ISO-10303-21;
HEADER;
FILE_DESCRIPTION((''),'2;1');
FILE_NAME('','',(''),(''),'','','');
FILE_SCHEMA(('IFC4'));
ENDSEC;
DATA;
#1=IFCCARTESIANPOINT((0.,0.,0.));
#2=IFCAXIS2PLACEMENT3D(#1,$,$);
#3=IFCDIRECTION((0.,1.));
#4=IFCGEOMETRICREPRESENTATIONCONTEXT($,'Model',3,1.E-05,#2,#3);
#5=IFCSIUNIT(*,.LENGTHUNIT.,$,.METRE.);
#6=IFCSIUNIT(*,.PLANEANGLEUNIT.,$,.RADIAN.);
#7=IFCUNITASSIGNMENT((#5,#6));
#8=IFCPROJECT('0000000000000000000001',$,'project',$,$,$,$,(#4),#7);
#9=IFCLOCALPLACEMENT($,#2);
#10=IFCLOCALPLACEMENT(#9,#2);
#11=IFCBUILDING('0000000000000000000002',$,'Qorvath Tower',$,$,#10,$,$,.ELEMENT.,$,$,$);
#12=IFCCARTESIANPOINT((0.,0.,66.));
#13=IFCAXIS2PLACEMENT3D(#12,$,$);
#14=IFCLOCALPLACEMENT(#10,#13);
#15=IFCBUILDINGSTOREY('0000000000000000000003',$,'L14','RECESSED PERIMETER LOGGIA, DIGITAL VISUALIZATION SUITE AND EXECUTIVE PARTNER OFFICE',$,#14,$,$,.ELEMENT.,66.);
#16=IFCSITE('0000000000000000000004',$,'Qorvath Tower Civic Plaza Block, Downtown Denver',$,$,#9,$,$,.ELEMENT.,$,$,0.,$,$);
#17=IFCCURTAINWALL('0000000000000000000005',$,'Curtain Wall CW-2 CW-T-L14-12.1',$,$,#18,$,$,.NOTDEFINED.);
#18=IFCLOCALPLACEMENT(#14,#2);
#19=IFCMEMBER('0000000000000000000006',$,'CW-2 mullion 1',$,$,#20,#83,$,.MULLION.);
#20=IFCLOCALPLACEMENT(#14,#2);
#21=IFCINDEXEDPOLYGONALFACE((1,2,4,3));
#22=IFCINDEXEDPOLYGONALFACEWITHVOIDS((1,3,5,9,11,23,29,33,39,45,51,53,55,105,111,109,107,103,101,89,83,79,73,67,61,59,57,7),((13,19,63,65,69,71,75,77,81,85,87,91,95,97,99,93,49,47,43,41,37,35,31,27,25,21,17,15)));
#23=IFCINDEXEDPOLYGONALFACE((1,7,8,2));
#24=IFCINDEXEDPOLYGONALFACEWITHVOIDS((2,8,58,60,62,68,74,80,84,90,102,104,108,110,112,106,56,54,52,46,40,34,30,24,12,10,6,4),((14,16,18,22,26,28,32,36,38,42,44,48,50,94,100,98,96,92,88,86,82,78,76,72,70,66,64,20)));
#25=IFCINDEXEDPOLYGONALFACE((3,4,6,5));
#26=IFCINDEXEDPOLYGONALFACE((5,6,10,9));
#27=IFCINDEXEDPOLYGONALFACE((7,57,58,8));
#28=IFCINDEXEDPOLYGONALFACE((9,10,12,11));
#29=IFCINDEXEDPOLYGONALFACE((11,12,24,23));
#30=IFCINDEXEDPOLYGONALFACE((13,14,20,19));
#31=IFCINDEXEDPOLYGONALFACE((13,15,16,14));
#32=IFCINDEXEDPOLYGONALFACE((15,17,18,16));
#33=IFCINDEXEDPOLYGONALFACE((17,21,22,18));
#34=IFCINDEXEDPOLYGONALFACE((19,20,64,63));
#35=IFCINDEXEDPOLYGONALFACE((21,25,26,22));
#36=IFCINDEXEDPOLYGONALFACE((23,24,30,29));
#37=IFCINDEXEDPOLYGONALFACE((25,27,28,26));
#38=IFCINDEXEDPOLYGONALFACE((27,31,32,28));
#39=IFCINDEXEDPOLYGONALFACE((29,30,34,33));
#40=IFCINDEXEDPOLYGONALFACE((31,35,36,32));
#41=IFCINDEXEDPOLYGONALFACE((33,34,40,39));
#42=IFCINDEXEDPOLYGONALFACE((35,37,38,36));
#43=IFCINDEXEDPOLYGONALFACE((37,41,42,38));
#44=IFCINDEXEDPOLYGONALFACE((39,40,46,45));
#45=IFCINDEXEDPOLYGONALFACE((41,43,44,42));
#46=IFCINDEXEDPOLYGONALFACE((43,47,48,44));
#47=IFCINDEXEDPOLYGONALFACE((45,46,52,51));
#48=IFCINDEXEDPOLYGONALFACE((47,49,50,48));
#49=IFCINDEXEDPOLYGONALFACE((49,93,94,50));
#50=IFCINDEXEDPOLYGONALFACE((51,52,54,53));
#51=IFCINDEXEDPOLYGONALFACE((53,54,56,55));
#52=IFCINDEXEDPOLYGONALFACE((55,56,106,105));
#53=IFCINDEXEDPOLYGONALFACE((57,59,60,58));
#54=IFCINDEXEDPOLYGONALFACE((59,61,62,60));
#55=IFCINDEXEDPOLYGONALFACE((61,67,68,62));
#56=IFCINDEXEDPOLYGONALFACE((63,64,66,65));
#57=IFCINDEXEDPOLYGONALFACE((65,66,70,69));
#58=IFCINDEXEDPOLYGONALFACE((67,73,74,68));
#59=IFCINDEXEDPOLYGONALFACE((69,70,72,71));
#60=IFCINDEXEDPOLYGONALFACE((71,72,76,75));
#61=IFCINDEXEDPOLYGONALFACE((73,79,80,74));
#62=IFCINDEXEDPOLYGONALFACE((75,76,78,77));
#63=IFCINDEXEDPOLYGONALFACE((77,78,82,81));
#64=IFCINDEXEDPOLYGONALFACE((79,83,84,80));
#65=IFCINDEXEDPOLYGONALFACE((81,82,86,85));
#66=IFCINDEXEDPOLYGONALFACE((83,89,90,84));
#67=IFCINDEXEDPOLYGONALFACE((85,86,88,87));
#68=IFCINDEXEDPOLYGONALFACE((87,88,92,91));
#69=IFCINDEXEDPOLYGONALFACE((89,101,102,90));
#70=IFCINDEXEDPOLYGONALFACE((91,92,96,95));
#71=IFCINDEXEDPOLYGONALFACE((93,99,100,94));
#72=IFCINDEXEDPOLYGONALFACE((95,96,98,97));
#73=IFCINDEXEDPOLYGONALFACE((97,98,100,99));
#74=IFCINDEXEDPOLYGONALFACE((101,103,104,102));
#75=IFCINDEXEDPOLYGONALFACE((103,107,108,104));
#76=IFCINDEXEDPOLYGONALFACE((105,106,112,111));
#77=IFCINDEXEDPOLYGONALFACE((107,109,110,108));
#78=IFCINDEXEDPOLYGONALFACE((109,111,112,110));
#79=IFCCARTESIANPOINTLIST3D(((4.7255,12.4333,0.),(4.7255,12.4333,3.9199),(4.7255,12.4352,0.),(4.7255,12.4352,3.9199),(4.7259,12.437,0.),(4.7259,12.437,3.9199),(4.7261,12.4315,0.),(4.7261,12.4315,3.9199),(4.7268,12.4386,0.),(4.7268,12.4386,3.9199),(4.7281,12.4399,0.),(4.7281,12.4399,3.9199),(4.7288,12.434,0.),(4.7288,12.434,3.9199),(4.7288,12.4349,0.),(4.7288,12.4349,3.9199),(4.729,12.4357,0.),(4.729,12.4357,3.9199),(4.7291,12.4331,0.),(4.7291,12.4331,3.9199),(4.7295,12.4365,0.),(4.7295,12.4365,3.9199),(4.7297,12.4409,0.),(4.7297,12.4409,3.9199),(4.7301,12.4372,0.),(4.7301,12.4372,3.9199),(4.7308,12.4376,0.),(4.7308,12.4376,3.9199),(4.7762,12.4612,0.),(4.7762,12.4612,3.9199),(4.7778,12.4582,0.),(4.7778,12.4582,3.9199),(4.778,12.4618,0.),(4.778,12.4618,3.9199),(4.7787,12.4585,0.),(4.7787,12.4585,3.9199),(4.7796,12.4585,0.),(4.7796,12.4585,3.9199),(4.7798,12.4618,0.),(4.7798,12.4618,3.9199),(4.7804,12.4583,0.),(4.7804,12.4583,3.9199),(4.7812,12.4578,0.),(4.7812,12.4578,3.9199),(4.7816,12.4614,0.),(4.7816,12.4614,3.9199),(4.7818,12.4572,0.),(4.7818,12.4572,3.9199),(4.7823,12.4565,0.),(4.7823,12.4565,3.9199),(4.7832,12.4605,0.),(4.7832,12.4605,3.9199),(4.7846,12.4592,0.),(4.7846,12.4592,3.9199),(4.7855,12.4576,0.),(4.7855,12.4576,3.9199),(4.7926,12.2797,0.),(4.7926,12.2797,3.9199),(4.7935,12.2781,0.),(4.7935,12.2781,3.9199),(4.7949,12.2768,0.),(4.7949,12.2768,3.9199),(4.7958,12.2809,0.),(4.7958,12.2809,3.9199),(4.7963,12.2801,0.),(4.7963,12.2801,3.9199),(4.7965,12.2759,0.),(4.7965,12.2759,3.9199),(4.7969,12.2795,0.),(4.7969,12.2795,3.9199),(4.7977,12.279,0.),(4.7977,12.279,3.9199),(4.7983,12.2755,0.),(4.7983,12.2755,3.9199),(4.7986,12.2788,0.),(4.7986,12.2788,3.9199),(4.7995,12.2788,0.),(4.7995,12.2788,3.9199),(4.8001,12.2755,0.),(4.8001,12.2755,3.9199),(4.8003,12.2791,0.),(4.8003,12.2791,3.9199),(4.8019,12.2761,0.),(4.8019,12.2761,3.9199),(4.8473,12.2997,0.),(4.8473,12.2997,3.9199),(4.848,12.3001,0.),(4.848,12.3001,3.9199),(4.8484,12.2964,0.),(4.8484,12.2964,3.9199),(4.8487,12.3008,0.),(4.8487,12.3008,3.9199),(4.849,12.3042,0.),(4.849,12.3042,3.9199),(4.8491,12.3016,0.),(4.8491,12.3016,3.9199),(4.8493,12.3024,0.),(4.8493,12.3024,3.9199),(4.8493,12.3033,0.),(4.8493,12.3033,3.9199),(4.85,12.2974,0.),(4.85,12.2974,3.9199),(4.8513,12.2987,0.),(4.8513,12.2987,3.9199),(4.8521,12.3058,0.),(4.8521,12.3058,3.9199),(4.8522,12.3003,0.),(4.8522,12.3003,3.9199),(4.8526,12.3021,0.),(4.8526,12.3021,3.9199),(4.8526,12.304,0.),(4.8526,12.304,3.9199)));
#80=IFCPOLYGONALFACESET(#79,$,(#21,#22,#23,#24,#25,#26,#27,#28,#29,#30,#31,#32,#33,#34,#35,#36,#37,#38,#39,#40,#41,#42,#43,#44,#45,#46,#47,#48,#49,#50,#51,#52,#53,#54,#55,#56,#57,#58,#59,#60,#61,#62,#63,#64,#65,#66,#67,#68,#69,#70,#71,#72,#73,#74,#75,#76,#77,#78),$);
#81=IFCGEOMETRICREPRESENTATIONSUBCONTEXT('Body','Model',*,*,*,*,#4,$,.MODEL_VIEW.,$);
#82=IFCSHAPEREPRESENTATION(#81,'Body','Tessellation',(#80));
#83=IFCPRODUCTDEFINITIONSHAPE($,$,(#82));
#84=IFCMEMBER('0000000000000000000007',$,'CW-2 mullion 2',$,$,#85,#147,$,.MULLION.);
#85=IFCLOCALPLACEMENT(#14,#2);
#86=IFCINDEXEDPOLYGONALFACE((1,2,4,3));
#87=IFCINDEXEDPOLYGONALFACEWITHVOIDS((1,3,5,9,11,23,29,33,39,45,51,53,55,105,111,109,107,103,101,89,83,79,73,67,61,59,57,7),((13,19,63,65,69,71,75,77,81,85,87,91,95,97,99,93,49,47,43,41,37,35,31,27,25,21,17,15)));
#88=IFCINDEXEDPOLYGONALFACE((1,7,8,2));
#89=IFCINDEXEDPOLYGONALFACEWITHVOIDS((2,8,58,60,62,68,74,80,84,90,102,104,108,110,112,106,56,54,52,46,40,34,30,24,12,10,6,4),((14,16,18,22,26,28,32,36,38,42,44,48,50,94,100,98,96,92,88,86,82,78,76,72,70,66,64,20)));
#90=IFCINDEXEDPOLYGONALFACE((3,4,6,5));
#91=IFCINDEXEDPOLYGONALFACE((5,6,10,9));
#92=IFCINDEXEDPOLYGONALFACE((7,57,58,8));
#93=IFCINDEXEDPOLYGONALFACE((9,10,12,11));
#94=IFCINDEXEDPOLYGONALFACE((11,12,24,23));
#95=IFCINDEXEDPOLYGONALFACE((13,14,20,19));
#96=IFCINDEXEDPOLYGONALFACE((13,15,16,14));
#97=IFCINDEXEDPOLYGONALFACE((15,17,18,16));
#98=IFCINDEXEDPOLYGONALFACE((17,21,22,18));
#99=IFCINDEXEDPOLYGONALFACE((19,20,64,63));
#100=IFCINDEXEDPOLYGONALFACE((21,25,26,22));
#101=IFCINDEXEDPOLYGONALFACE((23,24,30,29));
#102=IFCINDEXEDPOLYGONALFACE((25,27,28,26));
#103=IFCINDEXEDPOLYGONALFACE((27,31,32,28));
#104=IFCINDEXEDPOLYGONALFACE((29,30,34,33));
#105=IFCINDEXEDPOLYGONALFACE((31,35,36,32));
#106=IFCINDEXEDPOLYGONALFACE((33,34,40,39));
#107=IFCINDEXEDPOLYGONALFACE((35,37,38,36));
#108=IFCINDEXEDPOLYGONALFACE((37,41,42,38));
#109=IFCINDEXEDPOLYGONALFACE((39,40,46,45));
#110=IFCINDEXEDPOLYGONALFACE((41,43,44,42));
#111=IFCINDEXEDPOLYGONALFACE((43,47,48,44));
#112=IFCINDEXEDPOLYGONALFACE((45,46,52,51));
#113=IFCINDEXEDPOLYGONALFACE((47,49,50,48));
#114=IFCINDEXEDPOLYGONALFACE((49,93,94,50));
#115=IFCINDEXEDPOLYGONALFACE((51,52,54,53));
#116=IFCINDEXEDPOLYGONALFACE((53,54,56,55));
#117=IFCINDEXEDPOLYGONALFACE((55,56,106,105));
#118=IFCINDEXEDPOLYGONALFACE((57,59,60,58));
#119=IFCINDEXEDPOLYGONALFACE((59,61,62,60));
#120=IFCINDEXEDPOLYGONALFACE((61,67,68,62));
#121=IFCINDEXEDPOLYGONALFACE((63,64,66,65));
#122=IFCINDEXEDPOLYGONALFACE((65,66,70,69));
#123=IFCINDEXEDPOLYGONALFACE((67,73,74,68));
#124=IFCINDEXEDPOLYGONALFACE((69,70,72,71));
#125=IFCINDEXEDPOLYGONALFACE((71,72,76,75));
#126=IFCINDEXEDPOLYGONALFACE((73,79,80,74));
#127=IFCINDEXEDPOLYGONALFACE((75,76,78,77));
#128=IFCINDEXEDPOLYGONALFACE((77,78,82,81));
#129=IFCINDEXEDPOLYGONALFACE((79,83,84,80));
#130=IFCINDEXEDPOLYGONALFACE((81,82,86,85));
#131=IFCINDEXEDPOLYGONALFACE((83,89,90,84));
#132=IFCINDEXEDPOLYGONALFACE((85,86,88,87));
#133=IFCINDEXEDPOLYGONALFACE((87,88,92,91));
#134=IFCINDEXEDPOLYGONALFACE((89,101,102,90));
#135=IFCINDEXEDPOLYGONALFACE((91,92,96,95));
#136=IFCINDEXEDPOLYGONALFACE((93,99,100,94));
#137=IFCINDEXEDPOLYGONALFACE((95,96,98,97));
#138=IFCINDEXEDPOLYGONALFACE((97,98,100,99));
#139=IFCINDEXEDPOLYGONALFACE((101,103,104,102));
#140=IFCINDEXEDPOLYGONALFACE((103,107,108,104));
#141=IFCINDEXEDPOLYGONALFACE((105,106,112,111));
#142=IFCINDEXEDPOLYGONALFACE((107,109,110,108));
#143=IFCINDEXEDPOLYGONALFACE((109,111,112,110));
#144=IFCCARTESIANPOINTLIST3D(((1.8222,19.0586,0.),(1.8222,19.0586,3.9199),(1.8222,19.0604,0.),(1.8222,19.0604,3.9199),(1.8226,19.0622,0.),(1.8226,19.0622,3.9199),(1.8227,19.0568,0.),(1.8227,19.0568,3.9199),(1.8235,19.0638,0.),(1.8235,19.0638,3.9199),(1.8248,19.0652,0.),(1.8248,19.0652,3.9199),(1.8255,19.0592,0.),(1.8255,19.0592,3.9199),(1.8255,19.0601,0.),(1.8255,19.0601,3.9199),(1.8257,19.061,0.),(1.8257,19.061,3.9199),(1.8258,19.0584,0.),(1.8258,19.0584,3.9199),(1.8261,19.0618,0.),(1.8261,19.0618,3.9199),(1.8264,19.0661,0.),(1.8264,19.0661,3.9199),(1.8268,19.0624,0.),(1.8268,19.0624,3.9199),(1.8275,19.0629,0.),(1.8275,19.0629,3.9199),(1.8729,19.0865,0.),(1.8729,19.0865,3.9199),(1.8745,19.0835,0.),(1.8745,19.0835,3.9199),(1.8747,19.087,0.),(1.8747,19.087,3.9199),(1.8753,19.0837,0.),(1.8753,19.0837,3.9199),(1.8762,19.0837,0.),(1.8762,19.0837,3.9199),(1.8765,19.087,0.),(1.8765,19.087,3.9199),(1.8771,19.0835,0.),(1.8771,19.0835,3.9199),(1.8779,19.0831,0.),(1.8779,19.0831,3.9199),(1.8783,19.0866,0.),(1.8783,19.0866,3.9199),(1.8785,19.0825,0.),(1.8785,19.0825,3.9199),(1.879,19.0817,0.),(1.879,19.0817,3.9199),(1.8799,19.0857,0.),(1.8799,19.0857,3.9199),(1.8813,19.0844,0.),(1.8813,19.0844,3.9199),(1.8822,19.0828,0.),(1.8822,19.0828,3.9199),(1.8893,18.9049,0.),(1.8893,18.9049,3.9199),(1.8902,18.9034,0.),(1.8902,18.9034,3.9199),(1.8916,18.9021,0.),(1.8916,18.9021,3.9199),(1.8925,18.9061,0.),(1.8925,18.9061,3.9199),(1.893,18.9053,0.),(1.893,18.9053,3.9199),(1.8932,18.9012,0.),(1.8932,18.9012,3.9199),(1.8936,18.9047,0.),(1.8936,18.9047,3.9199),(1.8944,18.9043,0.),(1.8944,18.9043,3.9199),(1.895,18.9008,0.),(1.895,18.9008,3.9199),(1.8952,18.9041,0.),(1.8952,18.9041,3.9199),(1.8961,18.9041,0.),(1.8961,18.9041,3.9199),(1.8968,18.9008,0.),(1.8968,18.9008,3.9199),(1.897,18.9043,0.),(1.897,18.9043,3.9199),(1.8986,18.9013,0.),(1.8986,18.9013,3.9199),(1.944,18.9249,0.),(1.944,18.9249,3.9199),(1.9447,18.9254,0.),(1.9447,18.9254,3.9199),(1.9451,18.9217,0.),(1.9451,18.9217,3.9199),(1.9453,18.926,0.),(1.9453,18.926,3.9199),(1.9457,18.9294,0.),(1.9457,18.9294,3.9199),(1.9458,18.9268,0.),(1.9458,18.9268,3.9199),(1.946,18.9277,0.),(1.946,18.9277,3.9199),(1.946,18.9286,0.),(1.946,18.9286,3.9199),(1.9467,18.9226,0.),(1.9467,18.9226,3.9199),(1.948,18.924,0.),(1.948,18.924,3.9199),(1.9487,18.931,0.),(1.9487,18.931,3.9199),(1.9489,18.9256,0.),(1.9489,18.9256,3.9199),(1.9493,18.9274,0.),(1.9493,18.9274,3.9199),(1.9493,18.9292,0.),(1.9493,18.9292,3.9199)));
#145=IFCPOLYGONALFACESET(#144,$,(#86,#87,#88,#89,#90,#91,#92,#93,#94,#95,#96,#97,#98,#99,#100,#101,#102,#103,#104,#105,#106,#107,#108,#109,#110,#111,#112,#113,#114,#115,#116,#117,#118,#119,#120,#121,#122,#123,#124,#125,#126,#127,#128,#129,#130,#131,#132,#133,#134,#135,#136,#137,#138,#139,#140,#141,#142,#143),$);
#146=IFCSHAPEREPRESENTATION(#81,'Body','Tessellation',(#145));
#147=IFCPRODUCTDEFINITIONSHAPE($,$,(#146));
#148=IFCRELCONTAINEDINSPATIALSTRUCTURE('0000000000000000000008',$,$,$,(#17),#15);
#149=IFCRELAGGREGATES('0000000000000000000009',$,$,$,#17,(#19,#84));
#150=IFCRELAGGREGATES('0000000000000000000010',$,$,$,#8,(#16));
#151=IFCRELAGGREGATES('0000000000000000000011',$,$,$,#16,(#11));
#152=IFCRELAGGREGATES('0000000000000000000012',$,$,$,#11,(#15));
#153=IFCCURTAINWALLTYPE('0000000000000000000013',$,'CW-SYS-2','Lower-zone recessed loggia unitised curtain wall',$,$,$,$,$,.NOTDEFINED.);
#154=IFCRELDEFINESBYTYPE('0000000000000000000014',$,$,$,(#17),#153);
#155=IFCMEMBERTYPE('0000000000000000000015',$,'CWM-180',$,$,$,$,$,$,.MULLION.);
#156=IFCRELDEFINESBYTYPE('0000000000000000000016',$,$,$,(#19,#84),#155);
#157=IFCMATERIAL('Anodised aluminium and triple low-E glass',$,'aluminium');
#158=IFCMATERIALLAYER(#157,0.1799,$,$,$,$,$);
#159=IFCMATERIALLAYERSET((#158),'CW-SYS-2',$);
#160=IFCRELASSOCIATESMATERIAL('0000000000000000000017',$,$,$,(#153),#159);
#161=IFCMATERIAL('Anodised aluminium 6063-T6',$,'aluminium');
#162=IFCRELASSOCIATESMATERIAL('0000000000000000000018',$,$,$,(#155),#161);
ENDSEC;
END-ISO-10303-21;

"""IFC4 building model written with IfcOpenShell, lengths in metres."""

from ifc_helpers import new_model, si_unit, direction, frame, origin, origin_2d, place, context, subcontext, project, spatial, hollow_rectangle, extrude, material, layer, layer_set, material_profile, profile_set, type_object, element, aggregate, save


model = new_model("IFC4")

# Units and contexts
model_context = context("Model", 3, precision=1e-05, world=origin(), true_north=direction((0.0, 1.0)))
body_context = subcontext(model_context, "Body", "Model", "MODEL_VIEW")
ifc_project = project(units=[si_unit("LENGTHUNIT", "METRE"), si_unit("PLANEANGLEUNIT", "RADIAN")], contexts=[model_context])

# Site, building, storey
site_placement = place(None, origin())
site = spatial("IfcSite", under=ifc_project, at=site_placement, Name="Qorvath Tower Civic Plaza Block, Downtown Denver", CompositionType="ELEMENT", RefElevation=0.0)
building_placement = place(site_placement, origin())
building = spatial("IfcBuilding", under=site, at=building_placement, Name="Qorvath Tower", CompositionType="ELEMENT")
storey_placement = place(building_placement, frame((0.0, 0.0, 66.0)))
storey = spatial("IfcBuildingStorey", under=building, at=storey_placement, Name="L14", Description="RECESSED PERIMETER LOGGIA, DIGITAL VISUALIZATION SUITE AND EXECUTIVE PARTNER OFFICE", CompositionType="ELEMENT", Elevation=66.0)

# Shared definitions
ifc_material_1 = material(Name="Anodised aluminium and triple low-E glass", Category="aluminium")
ifc_layer_1 = layer(ifc_material_1, 0.1799)
ifc_layer_set_1 = layer_set([ifc_layer_1], Name="CW-SYS-2")
curtain_wall_type = type_object("IfcCurtainWallType", Name="CW-SYS-2", Description="Lower-zone recessed loggia unitised curtain wall", PredefinedType="NOTDEFINED", material=ifc_layer_set_1)
ifc_material_2 = material(Name="Anodised aluminium 6063-T6", Category="aluminium")
ifc_material_profile_1 = material_profile(ifc_material_2, hollow_rectangle(XDim=0.0649, YDim=0.1799, WallThickness=0.0034, InnerFilletRadius=0.0034, OuterFilletRadius=0.0071, at=origin_2d()), Name="CWM 180x65")
ifc_profile_set_1 = profile_set([ifc_material_profile_1], Name="Anodised aluminium 6063-T6")
member_type_1 = type_object("IfcMemberType", Name="CWM-180", PredefinedType="MULLION", material=ifc_profile_set_1)

# Curtain wall, members
curtain_wall_1_placement = place(storey_placement, origin())
curtain_wall_1 = element("IfcCurtainWall", 1, at=curtain_wall_1_placement, inside=storey, type_object=curtain_wall_type, Name="Curtain Wall CW-2 CW-T-L14-12.1", PredefinedType="NOTDEFINED")
member_1_placement = place(storey_placement, frame((4.7891, 12.3687, 0.0), z_axis=(0.0, 0.0, 1.0), x_axis=(-0.915926, -0.401348, 0.0)))
member_1 = element("IfcMember", 2, at=member_1_placement, type_object=member_type_1, Name="CW-2 mullion 1", PredefinedType="MULLION", context=body_context, shape_type="SweptSolid", body=[
    extrude(hollow_rectangle(XDim=0.0649, YDim=0.1799, WallThickness=0.0034, InnerFilletRadius=0.0034, OuterFilletRadius=0.0071, at=origin_2d()), origin(), (0.0, 0.0, 1.0), 3.9199),
])
member_2_placement = place(storey_placement, frame((1.8857, 18.9939, 0.0), z_axis=(0.0, 0.0, 1.0), x_axis=(-0.915926, -0.401348, 0.0)))
member_2 = element("IfcMember", 3, at=member_2_placement, type_object=member_type_1, Name="CW-2 mullion 2", PredefinedType="MULLION", context=body_context, shape_type="SweptSolid", body=[
    extrude(hollow_rectangle(XDim=0.0649, YDim=0.1799, WallThickness=0.0034, InnerFilletRadius=0.0034, OuterFilletRadius=0.0071, at=origin_2d()), origin(), (0.0, 0.0, 1.0), 3.9199),
])

aggregate(curtain_wall_1, [member_1, member_2])

save(model, "model.ifc")
